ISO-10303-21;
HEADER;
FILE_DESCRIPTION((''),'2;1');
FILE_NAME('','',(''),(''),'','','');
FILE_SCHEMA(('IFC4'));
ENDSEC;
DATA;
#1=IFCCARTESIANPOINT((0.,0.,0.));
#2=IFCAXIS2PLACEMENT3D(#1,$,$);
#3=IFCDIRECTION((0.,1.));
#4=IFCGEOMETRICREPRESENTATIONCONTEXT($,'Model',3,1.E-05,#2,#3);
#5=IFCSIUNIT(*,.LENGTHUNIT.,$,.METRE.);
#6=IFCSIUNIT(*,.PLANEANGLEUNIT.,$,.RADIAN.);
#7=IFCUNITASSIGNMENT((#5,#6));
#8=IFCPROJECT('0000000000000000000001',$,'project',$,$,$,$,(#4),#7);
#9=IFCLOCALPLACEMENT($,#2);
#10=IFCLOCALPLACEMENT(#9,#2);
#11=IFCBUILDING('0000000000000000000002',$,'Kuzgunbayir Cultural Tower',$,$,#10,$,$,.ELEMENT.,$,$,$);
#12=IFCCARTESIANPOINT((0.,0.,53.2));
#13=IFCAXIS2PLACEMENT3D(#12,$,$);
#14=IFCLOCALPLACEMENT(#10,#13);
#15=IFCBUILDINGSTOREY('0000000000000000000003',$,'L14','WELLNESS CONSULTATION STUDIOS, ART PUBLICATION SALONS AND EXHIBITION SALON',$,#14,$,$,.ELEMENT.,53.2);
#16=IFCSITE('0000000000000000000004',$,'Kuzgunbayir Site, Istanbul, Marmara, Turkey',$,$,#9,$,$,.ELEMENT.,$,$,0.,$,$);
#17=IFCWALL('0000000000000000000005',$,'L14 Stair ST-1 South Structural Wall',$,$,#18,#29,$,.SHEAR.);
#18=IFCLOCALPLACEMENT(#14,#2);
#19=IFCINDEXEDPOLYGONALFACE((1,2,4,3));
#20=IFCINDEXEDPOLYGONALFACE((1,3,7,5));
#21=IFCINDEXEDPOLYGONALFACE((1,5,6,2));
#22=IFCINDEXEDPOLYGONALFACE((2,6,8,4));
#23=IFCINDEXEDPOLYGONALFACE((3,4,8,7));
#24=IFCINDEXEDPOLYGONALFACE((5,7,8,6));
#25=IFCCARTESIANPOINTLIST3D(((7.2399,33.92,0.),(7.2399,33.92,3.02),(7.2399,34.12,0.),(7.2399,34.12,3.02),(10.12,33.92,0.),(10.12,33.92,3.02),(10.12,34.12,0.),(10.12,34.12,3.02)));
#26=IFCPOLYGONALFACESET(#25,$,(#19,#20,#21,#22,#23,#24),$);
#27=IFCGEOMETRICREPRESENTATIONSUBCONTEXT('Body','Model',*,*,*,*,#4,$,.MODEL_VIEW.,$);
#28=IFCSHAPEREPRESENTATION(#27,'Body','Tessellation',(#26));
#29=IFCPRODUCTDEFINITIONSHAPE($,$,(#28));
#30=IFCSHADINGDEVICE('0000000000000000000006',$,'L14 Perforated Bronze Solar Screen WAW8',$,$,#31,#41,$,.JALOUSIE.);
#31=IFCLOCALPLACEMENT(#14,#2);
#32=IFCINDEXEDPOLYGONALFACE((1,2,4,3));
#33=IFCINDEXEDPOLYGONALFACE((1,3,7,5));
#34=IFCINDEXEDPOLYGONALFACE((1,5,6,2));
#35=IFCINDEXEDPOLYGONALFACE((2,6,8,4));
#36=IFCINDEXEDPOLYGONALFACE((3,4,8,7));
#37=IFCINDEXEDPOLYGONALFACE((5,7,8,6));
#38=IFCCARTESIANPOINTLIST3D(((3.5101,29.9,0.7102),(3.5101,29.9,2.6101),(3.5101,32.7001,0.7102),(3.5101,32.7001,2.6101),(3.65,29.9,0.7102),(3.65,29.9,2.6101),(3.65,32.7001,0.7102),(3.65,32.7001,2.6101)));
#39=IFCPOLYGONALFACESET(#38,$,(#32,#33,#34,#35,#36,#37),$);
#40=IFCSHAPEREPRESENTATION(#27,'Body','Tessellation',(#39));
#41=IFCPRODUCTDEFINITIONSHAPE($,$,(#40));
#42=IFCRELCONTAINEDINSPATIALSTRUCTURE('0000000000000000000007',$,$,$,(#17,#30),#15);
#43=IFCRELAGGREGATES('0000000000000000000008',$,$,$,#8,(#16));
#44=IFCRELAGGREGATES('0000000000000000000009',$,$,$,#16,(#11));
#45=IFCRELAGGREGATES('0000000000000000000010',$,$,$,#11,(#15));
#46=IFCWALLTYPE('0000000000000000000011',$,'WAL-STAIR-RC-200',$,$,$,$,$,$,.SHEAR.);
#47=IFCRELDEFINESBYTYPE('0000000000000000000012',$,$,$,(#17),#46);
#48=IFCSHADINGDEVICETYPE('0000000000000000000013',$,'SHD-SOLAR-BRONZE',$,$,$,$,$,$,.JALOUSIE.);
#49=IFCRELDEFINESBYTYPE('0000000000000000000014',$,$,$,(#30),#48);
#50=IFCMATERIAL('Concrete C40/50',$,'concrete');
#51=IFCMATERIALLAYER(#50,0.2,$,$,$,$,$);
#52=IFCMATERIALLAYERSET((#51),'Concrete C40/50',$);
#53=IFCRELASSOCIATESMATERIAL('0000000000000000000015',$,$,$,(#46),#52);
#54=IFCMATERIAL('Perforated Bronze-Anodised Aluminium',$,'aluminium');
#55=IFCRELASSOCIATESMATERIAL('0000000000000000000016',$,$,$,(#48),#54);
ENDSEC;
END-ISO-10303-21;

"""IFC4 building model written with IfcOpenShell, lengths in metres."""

from ifc_helpers import new_model, si_unit, direction, frame, frame_2d, origin, origin_2d, place, context, subcontext, project, spatial, rectangle, extrude, material, layer, layer_set, type_object, element, save


model = new_model("IFC4")

# Units and contexts
model_context = context("Model", 3, precision=1e-05, world=origin(), true_north=direction((0.0, 1.0)))
body_context = subcontext(model_context, "Body", "Model", "MODEL_VIEW")
ifc_project = project(units=[si_unit("LENGTHUNIT", "METRE"), si_unit("PLANEANGLEUNIT", "RADIAN")], contexts=[model_context])

# Site, building, storey
site_placement = place(None, origin())
site = spatial("IfcSite", under=ifc_project, at=site_placement, Name="Kuzgunbayir Site, Istanbul, Marmara, Turkey", CompositionType="ELEMENT", RefElevation=0.0)
building_placement = place(site_placement, origin())
building = spatial("IfcBuilding", under=site, at=building_placement, Name="Kuzgunbayir Cultural Tower", CompositionType="ELEMENT")
storey_placement = place(building_placement, frame((0.0, 0.0, 53.2)))
storey = spatial("IfcBuildingStorey", under=building, at=storey_placement, Name="L14", Description="WELLNESS CONSULTATION STUDIOS, ART PUBLICATION SALONS AND EXHIBITION SALON", CompositionType="ELEMENT", Elevation=53.2)

# Wall
ifc_material_1 = material(Name="Concrete C40/50", Category="concrete")
ifc_layer_1 = layer(ifc_material_1, 0.2)
ifc_layer_set_1 = layer_set([ifc_layer_1], Name="Concrete C40/50")
wall_type_1 = type_object("IfcWallType", Name="WAL-STAIR-RC-200", PredefinedType="SHEAR", material=ifc_layer_set_1)
wall_1_placement = place(storey_placement, frame((7.24, 34.02, 0.0), z_axis=(0.0, 0.0, 1.0), x_axis=(1.0, 0.0, 0.0)))
element("IfcWall", 1, at=wall_1_placement, inside=storey, type_object=wall_type_1, Name="L14 Stair ST-1 South Structural Wall", PredefinedType="SHEAR", context=body_context, shape_type="SweptSolid", body=[
    extrude(rectangle(XDim=2.8801, YDim=0.2, at=frame_2d((1.4399, 0.0))), origin(), (0.0, 0.0, 1.0), 3.02),
])

# Shading device
ifc_material_2 = material(Name="Perforated Bronze-Anodised Aluminium", Category="aluminium")
shading_device_type = type_object("IfcShadingDeviceType", Name="SHD-SOLAR-BRONZE", PredefinedType="JALOUSIE", material=ifc_material_2)
shading_device_placement = place(storey_placement, frame((3.5801, 31.3, 0.7102), z_axis=(0.0, 0.0, 1.0), x_axis=(1.0, 0.0, 0.0)))
element("IfcShadingDevice", 2, at=shading_device_placement, inside=storey, type_object=shading_device_type, Name="L14 Perforated Bronze Solar Screen WAW8", PredefinedType="JALOUSIE", context=body_context, shape_type="SweptSolid", body=[
    extrude(rectangle(XDim=0.1399, YDim=2.8, at=origin_2d()), origin(), (0.0, 0.0, 1.0), 1.8999),
])

save(model, "model.ifc")
